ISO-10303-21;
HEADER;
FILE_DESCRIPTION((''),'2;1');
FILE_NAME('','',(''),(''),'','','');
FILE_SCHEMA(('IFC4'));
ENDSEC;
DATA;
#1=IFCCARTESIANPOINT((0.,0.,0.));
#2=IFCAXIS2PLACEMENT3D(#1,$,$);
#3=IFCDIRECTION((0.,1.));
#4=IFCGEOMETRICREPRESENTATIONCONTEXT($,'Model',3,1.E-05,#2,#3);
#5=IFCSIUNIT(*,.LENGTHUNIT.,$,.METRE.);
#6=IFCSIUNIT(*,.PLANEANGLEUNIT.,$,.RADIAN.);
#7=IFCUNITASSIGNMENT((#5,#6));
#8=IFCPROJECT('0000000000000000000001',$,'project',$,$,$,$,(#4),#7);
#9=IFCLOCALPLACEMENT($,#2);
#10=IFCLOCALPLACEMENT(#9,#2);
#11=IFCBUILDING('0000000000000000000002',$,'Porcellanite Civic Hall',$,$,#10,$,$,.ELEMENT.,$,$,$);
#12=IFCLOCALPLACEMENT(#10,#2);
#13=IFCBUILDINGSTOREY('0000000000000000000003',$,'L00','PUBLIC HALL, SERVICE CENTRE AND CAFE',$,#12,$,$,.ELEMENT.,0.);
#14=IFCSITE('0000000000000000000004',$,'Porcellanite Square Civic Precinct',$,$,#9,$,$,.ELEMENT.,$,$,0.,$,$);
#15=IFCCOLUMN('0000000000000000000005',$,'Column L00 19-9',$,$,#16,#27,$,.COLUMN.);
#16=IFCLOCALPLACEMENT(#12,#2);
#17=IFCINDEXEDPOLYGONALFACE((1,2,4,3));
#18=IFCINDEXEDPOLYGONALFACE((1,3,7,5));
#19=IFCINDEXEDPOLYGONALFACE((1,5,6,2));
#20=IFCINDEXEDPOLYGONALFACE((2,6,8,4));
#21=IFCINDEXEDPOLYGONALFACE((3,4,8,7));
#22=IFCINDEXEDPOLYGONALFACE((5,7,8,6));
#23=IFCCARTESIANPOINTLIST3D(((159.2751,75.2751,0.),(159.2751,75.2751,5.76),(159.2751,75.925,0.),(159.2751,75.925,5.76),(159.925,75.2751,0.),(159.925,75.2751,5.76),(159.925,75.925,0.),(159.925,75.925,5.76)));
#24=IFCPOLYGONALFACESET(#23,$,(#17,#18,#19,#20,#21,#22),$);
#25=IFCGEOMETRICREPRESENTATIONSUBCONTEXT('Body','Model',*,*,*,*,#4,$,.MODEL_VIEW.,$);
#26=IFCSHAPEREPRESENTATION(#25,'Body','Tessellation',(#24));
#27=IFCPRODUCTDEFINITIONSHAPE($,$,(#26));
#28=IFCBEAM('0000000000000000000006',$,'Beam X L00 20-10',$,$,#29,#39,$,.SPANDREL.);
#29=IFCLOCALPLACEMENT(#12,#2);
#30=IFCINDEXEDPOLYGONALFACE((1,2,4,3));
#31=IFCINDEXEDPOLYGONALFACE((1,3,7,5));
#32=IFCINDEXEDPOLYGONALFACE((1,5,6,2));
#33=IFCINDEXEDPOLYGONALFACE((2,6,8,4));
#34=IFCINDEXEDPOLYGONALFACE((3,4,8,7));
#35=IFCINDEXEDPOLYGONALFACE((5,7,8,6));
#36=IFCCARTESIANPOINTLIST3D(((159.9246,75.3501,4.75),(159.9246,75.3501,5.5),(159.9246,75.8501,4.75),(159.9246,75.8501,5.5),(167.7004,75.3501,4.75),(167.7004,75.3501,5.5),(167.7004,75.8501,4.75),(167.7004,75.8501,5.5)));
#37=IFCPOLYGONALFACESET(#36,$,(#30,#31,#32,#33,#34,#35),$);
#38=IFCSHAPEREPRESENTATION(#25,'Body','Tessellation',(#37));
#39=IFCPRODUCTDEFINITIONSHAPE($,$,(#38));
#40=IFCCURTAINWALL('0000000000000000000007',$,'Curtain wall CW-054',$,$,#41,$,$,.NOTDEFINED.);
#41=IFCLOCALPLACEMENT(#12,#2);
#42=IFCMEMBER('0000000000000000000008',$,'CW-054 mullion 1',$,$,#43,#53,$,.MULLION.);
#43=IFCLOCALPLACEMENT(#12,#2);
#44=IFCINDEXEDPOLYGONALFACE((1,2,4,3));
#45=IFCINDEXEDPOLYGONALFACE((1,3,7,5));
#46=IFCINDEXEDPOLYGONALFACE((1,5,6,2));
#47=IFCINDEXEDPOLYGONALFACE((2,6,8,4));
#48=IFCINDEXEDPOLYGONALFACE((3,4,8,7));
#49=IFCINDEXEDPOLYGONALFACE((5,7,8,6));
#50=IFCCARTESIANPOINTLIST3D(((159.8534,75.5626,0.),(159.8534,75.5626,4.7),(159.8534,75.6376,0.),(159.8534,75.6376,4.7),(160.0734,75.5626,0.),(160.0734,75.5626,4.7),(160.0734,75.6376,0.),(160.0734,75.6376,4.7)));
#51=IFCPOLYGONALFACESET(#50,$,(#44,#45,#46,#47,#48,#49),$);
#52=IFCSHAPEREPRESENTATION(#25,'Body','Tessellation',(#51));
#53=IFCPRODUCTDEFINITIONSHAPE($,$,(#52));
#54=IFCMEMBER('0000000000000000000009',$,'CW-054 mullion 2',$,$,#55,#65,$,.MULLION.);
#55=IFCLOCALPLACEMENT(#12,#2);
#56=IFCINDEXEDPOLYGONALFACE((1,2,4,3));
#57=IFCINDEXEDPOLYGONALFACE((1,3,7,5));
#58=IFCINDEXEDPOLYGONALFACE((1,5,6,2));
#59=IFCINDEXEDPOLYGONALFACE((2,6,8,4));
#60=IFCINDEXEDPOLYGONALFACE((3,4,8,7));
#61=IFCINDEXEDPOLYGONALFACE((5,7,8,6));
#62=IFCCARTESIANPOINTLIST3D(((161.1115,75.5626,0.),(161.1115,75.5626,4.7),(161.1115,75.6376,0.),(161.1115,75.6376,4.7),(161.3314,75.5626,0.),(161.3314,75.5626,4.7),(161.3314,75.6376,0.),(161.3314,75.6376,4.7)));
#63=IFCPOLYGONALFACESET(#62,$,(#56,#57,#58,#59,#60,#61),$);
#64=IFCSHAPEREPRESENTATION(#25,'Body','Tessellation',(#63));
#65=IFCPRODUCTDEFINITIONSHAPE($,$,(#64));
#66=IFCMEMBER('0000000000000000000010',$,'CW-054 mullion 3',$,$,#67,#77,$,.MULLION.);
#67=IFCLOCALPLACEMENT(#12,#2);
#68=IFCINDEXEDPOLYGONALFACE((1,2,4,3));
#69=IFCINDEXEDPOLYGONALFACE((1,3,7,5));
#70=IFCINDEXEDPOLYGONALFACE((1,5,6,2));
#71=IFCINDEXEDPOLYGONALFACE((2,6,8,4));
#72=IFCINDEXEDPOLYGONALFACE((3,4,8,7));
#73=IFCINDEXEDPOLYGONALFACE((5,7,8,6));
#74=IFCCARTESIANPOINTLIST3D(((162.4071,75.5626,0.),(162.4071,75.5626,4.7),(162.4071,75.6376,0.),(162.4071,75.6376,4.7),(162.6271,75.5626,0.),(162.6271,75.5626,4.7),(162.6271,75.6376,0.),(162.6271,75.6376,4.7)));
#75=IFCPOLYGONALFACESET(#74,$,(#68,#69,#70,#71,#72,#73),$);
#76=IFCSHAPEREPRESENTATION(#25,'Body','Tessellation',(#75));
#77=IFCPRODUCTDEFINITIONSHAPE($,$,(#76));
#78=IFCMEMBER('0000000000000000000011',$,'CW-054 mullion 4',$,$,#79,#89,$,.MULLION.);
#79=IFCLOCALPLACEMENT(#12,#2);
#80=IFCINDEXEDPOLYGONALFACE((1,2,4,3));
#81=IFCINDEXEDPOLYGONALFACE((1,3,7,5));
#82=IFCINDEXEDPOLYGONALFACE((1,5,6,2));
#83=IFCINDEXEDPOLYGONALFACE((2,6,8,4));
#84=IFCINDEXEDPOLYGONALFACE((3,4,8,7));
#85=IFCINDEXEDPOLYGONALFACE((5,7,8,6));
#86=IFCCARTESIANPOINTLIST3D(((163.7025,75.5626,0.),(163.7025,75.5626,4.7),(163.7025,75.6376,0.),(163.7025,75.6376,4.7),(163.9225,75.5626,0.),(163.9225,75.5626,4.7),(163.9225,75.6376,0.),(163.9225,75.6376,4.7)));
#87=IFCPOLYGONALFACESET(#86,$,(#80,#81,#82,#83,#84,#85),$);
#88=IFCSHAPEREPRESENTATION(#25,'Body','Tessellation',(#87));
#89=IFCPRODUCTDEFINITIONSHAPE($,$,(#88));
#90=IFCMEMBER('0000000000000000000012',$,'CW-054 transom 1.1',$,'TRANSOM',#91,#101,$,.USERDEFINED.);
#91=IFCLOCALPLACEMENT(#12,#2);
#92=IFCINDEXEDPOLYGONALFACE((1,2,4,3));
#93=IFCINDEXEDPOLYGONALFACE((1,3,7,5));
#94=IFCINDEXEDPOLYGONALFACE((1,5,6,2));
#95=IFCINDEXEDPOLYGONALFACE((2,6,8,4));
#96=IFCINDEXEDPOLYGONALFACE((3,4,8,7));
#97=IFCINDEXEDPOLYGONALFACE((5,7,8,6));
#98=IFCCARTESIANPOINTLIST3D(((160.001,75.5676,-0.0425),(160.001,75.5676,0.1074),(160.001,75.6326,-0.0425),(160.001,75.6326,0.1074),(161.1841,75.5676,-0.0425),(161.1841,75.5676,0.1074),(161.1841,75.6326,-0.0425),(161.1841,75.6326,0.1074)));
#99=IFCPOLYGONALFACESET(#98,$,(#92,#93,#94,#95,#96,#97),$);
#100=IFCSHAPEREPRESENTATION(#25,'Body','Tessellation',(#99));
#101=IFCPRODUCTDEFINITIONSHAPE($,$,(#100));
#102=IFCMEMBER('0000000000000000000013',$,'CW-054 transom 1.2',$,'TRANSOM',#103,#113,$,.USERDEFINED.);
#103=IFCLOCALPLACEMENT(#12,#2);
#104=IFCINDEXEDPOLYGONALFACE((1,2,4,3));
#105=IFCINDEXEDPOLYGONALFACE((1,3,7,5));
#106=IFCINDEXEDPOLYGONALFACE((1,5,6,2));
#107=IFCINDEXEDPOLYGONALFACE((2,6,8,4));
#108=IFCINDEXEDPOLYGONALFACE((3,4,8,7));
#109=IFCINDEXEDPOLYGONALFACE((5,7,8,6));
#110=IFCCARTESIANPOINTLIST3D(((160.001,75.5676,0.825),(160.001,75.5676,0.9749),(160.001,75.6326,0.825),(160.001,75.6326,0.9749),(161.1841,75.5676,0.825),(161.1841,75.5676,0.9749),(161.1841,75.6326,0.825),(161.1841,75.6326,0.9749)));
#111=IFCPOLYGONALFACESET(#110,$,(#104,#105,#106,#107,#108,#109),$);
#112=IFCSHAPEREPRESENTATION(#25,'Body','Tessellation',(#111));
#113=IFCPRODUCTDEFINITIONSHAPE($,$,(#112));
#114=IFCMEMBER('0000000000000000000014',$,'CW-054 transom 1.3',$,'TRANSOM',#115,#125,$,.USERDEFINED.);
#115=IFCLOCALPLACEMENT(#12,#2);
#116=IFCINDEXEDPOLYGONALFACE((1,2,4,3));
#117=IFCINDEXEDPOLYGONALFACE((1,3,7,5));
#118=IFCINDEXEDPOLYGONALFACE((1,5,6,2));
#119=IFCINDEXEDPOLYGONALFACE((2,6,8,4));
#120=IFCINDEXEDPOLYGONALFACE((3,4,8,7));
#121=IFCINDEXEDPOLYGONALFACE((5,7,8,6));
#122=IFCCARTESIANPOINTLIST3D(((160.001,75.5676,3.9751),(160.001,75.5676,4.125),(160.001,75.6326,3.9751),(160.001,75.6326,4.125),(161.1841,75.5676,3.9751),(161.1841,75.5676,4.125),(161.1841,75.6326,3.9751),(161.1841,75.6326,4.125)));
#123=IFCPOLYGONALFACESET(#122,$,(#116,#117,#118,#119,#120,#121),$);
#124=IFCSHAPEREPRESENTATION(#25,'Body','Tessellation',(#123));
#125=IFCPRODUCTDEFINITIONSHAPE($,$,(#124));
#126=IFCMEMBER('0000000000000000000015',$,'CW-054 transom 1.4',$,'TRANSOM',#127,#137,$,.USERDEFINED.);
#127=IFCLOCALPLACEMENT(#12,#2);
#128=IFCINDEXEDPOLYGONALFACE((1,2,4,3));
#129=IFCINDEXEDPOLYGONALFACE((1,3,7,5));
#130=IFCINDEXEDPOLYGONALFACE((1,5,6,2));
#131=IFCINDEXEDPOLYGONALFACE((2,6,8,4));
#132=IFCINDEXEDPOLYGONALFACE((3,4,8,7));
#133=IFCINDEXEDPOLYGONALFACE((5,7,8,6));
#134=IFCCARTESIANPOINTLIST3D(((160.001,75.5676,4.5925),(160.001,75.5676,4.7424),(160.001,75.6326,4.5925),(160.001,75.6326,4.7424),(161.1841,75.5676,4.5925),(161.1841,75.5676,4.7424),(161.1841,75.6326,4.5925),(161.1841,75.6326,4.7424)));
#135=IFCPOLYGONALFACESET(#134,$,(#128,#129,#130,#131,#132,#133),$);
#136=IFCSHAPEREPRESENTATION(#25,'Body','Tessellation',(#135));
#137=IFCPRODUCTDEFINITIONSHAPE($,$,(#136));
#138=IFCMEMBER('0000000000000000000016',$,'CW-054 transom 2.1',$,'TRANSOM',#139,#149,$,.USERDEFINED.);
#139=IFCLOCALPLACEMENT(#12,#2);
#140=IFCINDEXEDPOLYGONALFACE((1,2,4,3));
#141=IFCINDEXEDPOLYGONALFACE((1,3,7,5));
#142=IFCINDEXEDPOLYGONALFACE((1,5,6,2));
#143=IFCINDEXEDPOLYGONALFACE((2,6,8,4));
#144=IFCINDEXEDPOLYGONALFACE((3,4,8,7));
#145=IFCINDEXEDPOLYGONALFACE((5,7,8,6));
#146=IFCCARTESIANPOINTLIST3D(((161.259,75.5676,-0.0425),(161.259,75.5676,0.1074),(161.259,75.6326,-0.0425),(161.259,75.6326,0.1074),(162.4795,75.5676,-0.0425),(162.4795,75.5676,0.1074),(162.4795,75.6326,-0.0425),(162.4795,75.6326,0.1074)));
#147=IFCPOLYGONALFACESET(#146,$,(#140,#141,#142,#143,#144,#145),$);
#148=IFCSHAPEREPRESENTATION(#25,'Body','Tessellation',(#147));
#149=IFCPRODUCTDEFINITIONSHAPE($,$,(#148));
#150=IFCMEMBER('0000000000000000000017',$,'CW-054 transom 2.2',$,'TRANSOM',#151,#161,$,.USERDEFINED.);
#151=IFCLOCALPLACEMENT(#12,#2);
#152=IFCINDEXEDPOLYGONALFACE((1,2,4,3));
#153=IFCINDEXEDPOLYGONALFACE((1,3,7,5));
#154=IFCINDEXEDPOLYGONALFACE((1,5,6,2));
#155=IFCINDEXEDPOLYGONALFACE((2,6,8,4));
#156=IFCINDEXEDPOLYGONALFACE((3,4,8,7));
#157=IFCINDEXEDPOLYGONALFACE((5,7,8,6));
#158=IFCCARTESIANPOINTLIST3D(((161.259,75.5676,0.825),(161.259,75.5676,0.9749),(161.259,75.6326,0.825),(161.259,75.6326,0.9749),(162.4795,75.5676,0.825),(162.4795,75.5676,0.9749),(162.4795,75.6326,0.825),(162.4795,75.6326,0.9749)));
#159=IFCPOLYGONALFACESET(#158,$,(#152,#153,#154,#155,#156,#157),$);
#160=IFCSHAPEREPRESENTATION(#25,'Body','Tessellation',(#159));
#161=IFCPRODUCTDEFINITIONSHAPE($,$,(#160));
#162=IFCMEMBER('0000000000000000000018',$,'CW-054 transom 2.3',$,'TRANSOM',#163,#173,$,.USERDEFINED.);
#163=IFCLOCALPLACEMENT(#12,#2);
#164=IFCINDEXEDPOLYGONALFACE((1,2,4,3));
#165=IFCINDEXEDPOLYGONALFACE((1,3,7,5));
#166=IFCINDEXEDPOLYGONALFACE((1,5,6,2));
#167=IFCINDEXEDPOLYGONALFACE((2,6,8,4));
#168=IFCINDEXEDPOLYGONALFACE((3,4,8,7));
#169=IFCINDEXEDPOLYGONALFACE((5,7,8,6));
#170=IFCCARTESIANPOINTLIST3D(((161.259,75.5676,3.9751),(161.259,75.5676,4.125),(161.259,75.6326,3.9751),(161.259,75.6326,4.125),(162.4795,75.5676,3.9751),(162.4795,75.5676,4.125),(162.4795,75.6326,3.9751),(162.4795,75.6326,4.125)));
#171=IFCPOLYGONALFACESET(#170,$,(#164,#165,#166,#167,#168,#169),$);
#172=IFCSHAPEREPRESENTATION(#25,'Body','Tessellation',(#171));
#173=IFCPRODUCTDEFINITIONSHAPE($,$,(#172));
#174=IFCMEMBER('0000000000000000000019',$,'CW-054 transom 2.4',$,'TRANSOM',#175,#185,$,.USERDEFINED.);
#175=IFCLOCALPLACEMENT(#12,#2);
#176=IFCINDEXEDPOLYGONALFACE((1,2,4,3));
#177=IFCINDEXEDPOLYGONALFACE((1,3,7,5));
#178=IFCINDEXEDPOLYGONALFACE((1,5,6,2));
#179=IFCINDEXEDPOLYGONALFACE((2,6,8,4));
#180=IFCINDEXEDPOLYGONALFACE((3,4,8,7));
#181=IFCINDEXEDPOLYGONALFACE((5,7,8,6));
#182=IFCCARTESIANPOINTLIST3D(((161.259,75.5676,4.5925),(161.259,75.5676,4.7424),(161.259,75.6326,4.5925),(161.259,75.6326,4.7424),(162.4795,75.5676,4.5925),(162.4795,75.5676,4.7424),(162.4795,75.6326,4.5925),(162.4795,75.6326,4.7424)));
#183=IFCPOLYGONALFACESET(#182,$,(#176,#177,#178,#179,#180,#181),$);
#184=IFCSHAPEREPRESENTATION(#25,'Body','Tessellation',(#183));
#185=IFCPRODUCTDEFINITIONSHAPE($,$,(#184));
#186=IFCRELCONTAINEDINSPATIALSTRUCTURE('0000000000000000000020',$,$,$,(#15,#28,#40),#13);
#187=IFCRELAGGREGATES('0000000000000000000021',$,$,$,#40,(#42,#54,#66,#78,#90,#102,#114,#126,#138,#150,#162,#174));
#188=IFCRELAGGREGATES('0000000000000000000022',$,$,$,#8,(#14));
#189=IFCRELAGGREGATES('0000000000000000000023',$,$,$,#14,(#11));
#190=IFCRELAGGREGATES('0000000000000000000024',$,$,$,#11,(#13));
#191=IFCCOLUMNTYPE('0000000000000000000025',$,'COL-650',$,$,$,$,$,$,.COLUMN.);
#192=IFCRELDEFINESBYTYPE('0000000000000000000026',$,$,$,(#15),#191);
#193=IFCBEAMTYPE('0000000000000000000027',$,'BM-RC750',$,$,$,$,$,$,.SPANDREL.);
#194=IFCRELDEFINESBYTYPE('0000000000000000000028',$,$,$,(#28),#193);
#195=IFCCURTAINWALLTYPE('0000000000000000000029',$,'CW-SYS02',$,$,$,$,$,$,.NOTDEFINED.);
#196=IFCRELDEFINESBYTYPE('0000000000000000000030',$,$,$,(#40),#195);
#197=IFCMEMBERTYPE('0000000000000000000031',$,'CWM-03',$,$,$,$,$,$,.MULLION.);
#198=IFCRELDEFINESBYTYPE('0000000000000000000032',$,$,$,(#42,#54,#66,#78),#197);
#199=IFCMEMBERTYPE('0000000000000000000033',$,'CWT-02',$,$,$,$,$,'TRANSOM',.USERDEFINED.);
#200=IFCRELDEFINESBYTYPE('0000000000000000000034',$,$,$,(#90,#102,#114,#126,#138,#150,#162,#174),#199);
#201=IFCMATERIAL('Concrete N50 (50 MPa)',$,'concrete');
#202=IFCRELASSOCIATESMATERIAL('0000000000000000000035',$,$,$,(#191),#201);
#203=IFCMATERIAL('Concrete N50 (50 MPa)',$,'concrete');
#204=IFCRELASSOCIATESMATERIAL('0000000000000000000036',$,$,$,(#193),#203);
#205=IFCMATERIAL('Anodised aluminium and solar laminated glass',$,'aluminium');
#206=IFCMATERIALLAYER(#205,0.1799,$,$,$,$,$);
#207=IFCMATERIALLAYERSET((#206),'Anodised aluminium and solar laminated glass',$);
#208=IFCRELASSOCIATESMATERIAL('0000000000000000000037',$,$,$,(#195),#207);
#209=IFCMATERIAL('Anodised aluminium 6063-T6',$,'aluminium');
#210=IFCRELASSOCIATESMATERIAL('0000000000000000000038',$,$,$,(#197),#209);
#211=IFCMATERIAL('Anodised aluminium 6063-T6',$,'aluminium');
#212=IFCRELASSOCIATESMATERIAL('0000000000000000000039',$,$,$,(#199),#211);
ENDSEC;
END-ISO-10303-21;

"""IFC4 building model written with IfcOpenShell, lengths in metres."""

from ifc_helpers import new_model, si_unit, direction, frame, origin, origin_2d, place, context, subcontext, project, spatial, rectangle, extrude, material, layer, layer_set, material_profile, profile_set, type_object, element, aggregate, save


model = new_model("IFC4")

# Units and contexts
model_context = context("Model", 3, precision=1e-05, world=origin(), true_north=direction((0.0, 1.0)))
body_context = subcontext(model_context, "Body", "Model", "MODEL_VIEW")
ifc_project = project(units=[si_unit("LENGTHUNIT", "METRE"), si_unit("PLANEANGLEUNIT", "RADIAN")], contexts=[model_context])

# Site, building, storey
site_placement = place(None, origin())
site = spatial("IfcSite", under=ifc_project, at=site_placement, Name="Porcellanite Square Civic Precinct", CompositionType="ELEMENT", RefElevation=0.0)
building_placement = place(site_placement, origin())
building = spatial("IfcBuilding", under=site, at=building_placement, Name="Porcellanite Civic Hall", CompositionType="ELEMENT")
storey_placement = place(building_placement, origin())
storey = spatial("IfcBuildingStorey", under=building, at=storey_placement, Name="L00", Description="PUBLIC HALL, SERVICE CENTRE AND CAFE", CompositionType="ELEMENT", Elevation=0.0)

# Column
ifc_material_1 = material(Name="Concrete N50 (50 MPa)", Category="concrete")
ifc_material_profile_1 = material_profile(ifc_material_1, rectangle(XDim=0.6499, YDim=0.6499, at=origin_2d()), Name="RC-650x650")
ifc_profile_set_1 = profile_set([ifc_material_profile_1], Name="Concrete N50 (50 MPa)")
column_type = type_object("IfcColumnType", Name="COL-650", PredefinedType="COLUMN", material=ifc_profile_set_1)
column_placement = place(storey_placement, frame((159.6001, 75.6001, 0.0), z_axis=(0.0, 0.0, 1.0), x_axis=(1.0, 0.0, 0.0)))
element("IfcColumn", 1, at=column_placement, inside=storey, type_object=column_type, Name="Column L00 19-9", PredefinedType="COLUMN", context=body_context, shape_type="SweptSolid", body=[
    extrude(rectangle(XDim=0.6499, YDim=0.6499, at=origin_2d()), origin(), (0.0, 0.0, 1.0), 5.76),
])

# Beam
ifc_material_2 = material(Name="Concrete N50 (50 MPa)", Category="concrete")
ifc_material_profile_2 = material_profile(ifc_material_2, rectangle(XDim=0.5, YDim=0.75, at=origin_2d()), Name="RC-500x750")
ifc_profile_set_2 = profile_set([ifc_material_profile_2], Name="Concrete N50 (50 MPa)")
beam_type = type_object("IfcBeamType", Name="BM-RC750", PredefinedType="SPANDREL", material=ifc_profile_set_2)
beam_placement = place(storey_placement, frame((159.9246, 75.6001, 5.125), z_axis=(1.0, 0.0, 0.0), x_axis=(0.0, 1.0, 0.0)))
element("IfcBeam", 2, at=beam_placement, inside=storey, type_object=beam_type, Name="Beam X L00 20-10", PredefinedType="SPANDREL", context=body_context, shape_type="SweptSolid", body=[
    extrude(rectangle(XDim=0.5, YDim=0.75, at=origin_2d()), origin(), (0.0, 0.0, 1.0), 7.7759),
])

# Curtain wall, members
ifc_material_3 = material(Name="Anodised aluminium and solar laminated glass", Category="aluminium")
ifc_layer_1 = layer(ifc_material_3, 0.1799)
ifc_layer_set_1 = layer_set([ifc_layer_1], Name="Anodised aluminium and solar laminated glass")
curtain_wall_type = type_object("IfcCurtainWallType", Name="CW-SYS02", PredefinedType="NOTDEFINED", material=ifc_layer_set_1)
curtain_wall_placement = place(storey_placement, origin())
curtain_wall = element("IfcCurtainWall", 3, at=curtain_wall_placement, inside=storey, type_object=curtain_wall_type, Name="Curtain wall CW-054", PredefinedType="NOTDEFINED")
ifc_material_4 = material(Name="Anodised aluminium 6063-T6", Category="aluminium")
ifc_material_profile_3 = material_profile(ifc_material_4, rectangle(XDim=0.075, YDim=0.22, at=origin_2d()), Name="AL-75x220")
ifc_profile_set_3 = profile_set([ifc_material_profile_3], Name="Anodised aluminium 6063-T6")
member_type_1 = type_object("IfcMemberType", Name="CWM-03", PredefinedType="MULLION", material=ifc_profile_set_3)
member_1_placement = place(storey_placement, frame((159.9634, 75.6001, 0.0), z_axis=(0.0, 0.0, 1.0), x_axis=(0.0, 1.0, 0.0)))
member_1 = element("IfcMember", 4, at=member_1_placement, type_object=member_type_1, Name="CW-054 mullion 1", PredefinedType="MULLION", context=body_context, shape_type="SweptSolid", body=[
    extrude(rectangle(XDim=0.075, YDim=0.22, at=origin_2d()), origin(), (0.0, 0.0, 1.0), 4.7),
])
member_2_placement = place(storey_placement, frame((161.2214, 75.6001, 0.0), z_axis=(0.0, 0.0, 1.0), x_axis=(0.0, 1.0, 0.0)))
member_2 = element("IfcMember", 5, at=member_2_placement, type_object=member_type_1, Name="CW-054 mullion 2", PredefinedType="MULLION", context=body_context, shape_type="SweptSolid", body=[
    extrude(rectangle(XDim=0.075, YDim=0.22, at=origin_2d()), origin(), (0.0, 0.0, 1.0), 4.7),
])
member_3_placement = place(storey_placement, frame((162.5171, 75.6001, 0.0), z_axis=(0.0, 0.0, 1.0), x_axis=(0.0, 1.0, 0.0)))
member_3 = element("IfcMember", 6, at=member_3_placement, type_object=member_type_1, Name="CW-054 mullion 3", PredefinedType="MULLION", context=body_context, shape_type="SweptSolid", body=[
    extrude(rectangle(XDim=0.075, YDim=0.22, at=origin_2d()), origin(), (0.0, 0.0, 1.0), 4.7),
])
member_4_placement = place(storey_placement, frame((163.8125, 75.6001, 0.0), z_axis=(0.0, 0.0, 1.0), x_axis=(0.0, 1.0, 0.0)))
member_4 = element("IfcMember", 7, at=member_4_placement, type_object=member_type_1, Name="CW-054 mullion 4", PredefinedType="MULLION", context=body_context, shape_type="SweptSolid", body=[
    extrude(rectangle(XDim=0.075, YDim=0.22, at=origin_2d()), origin(), (0.0, 0.0, 1.0), 4.7),
])
ifc_material_5 = material(Name="Anodised aluminium 6063-T6", Category="aluminium")
ifc_material_profile_4 = material_profile(ifc_material_5, rectangle(XDim=0.0649, YDim=0.1499, at=origin_2d()), Name="AL-65x150")
ifc_profile_set_4 = profile_set([ifc_material_profile_4], Name="Anodised aluminium 6063-T6")
member_type_2 = type_object("IfcMemberType", Name="CWT-02", ElementType="TRANSOM", PredefinedType="USERDEFINED", material=ifc_profile_set_4)
member_5_placement = place(storey_placement, frame((160.001, 75.6001, 0.0325), z_axis=(1.0, 0.0, 0.0), x_axis=(0.0, 1.0, 0.0)))
member_5 = element("IfcMember", 8, at=member_5_placement, type_object=member_type_2, Name="CW-054 transom 1.1", ObjectType="TRANSOM", PredefinedType="USERDEFINED", context=body_context, shape_type="SweptSolid", body=[
    extrude(rectangle(XDim=0.0649, YDim=0.1499, at=origin_2d()), origin(), (0.0, 0.0, 1.0), 1.1831),
])
member_6_placement = place(storey_placement, frame((160.001, 75.6001, 0.8999), z_axis=(1.0, 0.0, 0.0), x_axis=(0.0, 1.0, 0.0)))
member_6 = element("IfcMember", 9, at=member_6_placement, type_object=member_type_2, Name="CW-054 transom 1.2", ObjectType="TRANSOM", PredefinedType="USERDEFINED", context=body_context, shape_type="SweptSolid", body=[
    extrude(rectangle(XDim=0.0649, YDim=0.1499, at=origin_2d()), origin(), (0.0, 0.0, 1.0), 1.1831),
])
member_7_placement = place(storey_placement, frame((160.001, 75.6001, 4.05), z_axis=(1.0, 0.0, 0.0), x_axis=(0.0, 1.0, 0.0)))
member_7 = element("IfcMember", 10, at=member_7_placement, type_object=member_type_2, Name="CW-054 transom 1.3", ObjectType="TRANSOM", PredefinedType="USERDEFINED", context=body_context, shape_type="SweptSolid", body=[
    extrude(rectangle(XDim=0.0649, YDim=0.1499, at=origin_2d()), origin(), (0.0, 0.0, 1.0), 1.1831),
])
member_8_placement = place(storey_placement, frame((160.001, 75.6001, 4.6675), z_axis=(1.0, 0.0, 0.0), x_axis=(0.0, 1.0, 0.0)))
member_8 = element("IfcMember", 11, at=member_8_placement, type_object=member_type_2, Name="CW-054 transom 1.4", ObjectType="TRANSOM", PredefinedType="USERDEFINED", context=body_context, shape_type="SweptSolid", body=[
    extrude(rectangle(XDim=0.0649, YDim=0.1499, at=origin_2d()), origin(), (0.0, 0.0, 1.0), 1.1831),
])
member_9_placement = place(storey_placement, frame((161.259, 75.6001, 0.0325), z_axis=(1.0, 0.0, 0.0), x_axis=(0.0, 1.0, 0.0)))
member_9 = element("IfcMember", 12, at=member_9_placement, type_object=member_type_2, Name="CW-054 transom 2.1", ObjectType="TRANSOM", PredefinedType="USERDEFINED", context=body_context, shape_type="SweptSolid", body=[
    extrude(rectangle(XDim=0.0649, YDim=0.1499, at=origin_2d()), origin(), (0.0, 0.0, 1.0), 1.2205),
])
member_10_placement = place(storey_placement, frame((161.259, 75.6001, 0.8999), z_axis=(1.0, 0.0, 0.0), x_axis=(0.0, 1.0, 0.0)))
member_10 = element("IfcMember", 13, at=member_10_placement, type_object=member_type_2, Name="CW-054 transom 2.2", ObjectType="TRANSOM", PredefinedType="USERDEFINED", context=body_context, shape_type="SweptSolid", body=[
    extrude(rectangle(XDim=0.0649, YDim=0.1499, at=origin_2d()), origin(), (0.0, 0.0, 1.0), 1.2205),
])
member_11_placement = place(storey_placement, frame((161.259, 75.6001, 4.05), z_axis=(1.0, 0.0, 0.0), x_axis=(0.0, 1.0, 0.0)))
member_11 = element("IfcMember", 14, at=member_11_placement, type_object=member_type_2, Name="CW-054 transom 2.3", ObjectType="TRANSOM", PredefinedType="USERDEFINED", context=body_context, shape_type="SweptSolid", body=[
    extrude(rectangle(XDim=0.0649, YDim=0.1499, at=origin_2d()), origin(), (0.0, 0.0, 1.0), 1.2205),
])
member_12_placement = place(storey_placement, frame((161.259, 75.6001, 4.6675), z_axis=(1.0, 0.0, 0.0), x_axis=(0.0, 1.0, 0.0)))
member_12 = element("IfcMember", 15, at=member_12_placement, type_object=member_type_2, Name="CW-054 transom 2.4", ObjectType="TRANSOM", PredefinedType="USERDEFINED", context=body_context, shape_type="SweptSolid", body=[
    extrude(rectangle(XDim=0.0649, YDim=0.1499, at=origin_2d()), origin(), (0.0, 0.0, 1.0), 1.2205),
])
aggregate(curtain_wall, [member_1, member_2, member_3, member_4, member_5, member_6, member_7, member_8, member_9, member_10, member_11, member_12])

save(model, "model.ifc")
